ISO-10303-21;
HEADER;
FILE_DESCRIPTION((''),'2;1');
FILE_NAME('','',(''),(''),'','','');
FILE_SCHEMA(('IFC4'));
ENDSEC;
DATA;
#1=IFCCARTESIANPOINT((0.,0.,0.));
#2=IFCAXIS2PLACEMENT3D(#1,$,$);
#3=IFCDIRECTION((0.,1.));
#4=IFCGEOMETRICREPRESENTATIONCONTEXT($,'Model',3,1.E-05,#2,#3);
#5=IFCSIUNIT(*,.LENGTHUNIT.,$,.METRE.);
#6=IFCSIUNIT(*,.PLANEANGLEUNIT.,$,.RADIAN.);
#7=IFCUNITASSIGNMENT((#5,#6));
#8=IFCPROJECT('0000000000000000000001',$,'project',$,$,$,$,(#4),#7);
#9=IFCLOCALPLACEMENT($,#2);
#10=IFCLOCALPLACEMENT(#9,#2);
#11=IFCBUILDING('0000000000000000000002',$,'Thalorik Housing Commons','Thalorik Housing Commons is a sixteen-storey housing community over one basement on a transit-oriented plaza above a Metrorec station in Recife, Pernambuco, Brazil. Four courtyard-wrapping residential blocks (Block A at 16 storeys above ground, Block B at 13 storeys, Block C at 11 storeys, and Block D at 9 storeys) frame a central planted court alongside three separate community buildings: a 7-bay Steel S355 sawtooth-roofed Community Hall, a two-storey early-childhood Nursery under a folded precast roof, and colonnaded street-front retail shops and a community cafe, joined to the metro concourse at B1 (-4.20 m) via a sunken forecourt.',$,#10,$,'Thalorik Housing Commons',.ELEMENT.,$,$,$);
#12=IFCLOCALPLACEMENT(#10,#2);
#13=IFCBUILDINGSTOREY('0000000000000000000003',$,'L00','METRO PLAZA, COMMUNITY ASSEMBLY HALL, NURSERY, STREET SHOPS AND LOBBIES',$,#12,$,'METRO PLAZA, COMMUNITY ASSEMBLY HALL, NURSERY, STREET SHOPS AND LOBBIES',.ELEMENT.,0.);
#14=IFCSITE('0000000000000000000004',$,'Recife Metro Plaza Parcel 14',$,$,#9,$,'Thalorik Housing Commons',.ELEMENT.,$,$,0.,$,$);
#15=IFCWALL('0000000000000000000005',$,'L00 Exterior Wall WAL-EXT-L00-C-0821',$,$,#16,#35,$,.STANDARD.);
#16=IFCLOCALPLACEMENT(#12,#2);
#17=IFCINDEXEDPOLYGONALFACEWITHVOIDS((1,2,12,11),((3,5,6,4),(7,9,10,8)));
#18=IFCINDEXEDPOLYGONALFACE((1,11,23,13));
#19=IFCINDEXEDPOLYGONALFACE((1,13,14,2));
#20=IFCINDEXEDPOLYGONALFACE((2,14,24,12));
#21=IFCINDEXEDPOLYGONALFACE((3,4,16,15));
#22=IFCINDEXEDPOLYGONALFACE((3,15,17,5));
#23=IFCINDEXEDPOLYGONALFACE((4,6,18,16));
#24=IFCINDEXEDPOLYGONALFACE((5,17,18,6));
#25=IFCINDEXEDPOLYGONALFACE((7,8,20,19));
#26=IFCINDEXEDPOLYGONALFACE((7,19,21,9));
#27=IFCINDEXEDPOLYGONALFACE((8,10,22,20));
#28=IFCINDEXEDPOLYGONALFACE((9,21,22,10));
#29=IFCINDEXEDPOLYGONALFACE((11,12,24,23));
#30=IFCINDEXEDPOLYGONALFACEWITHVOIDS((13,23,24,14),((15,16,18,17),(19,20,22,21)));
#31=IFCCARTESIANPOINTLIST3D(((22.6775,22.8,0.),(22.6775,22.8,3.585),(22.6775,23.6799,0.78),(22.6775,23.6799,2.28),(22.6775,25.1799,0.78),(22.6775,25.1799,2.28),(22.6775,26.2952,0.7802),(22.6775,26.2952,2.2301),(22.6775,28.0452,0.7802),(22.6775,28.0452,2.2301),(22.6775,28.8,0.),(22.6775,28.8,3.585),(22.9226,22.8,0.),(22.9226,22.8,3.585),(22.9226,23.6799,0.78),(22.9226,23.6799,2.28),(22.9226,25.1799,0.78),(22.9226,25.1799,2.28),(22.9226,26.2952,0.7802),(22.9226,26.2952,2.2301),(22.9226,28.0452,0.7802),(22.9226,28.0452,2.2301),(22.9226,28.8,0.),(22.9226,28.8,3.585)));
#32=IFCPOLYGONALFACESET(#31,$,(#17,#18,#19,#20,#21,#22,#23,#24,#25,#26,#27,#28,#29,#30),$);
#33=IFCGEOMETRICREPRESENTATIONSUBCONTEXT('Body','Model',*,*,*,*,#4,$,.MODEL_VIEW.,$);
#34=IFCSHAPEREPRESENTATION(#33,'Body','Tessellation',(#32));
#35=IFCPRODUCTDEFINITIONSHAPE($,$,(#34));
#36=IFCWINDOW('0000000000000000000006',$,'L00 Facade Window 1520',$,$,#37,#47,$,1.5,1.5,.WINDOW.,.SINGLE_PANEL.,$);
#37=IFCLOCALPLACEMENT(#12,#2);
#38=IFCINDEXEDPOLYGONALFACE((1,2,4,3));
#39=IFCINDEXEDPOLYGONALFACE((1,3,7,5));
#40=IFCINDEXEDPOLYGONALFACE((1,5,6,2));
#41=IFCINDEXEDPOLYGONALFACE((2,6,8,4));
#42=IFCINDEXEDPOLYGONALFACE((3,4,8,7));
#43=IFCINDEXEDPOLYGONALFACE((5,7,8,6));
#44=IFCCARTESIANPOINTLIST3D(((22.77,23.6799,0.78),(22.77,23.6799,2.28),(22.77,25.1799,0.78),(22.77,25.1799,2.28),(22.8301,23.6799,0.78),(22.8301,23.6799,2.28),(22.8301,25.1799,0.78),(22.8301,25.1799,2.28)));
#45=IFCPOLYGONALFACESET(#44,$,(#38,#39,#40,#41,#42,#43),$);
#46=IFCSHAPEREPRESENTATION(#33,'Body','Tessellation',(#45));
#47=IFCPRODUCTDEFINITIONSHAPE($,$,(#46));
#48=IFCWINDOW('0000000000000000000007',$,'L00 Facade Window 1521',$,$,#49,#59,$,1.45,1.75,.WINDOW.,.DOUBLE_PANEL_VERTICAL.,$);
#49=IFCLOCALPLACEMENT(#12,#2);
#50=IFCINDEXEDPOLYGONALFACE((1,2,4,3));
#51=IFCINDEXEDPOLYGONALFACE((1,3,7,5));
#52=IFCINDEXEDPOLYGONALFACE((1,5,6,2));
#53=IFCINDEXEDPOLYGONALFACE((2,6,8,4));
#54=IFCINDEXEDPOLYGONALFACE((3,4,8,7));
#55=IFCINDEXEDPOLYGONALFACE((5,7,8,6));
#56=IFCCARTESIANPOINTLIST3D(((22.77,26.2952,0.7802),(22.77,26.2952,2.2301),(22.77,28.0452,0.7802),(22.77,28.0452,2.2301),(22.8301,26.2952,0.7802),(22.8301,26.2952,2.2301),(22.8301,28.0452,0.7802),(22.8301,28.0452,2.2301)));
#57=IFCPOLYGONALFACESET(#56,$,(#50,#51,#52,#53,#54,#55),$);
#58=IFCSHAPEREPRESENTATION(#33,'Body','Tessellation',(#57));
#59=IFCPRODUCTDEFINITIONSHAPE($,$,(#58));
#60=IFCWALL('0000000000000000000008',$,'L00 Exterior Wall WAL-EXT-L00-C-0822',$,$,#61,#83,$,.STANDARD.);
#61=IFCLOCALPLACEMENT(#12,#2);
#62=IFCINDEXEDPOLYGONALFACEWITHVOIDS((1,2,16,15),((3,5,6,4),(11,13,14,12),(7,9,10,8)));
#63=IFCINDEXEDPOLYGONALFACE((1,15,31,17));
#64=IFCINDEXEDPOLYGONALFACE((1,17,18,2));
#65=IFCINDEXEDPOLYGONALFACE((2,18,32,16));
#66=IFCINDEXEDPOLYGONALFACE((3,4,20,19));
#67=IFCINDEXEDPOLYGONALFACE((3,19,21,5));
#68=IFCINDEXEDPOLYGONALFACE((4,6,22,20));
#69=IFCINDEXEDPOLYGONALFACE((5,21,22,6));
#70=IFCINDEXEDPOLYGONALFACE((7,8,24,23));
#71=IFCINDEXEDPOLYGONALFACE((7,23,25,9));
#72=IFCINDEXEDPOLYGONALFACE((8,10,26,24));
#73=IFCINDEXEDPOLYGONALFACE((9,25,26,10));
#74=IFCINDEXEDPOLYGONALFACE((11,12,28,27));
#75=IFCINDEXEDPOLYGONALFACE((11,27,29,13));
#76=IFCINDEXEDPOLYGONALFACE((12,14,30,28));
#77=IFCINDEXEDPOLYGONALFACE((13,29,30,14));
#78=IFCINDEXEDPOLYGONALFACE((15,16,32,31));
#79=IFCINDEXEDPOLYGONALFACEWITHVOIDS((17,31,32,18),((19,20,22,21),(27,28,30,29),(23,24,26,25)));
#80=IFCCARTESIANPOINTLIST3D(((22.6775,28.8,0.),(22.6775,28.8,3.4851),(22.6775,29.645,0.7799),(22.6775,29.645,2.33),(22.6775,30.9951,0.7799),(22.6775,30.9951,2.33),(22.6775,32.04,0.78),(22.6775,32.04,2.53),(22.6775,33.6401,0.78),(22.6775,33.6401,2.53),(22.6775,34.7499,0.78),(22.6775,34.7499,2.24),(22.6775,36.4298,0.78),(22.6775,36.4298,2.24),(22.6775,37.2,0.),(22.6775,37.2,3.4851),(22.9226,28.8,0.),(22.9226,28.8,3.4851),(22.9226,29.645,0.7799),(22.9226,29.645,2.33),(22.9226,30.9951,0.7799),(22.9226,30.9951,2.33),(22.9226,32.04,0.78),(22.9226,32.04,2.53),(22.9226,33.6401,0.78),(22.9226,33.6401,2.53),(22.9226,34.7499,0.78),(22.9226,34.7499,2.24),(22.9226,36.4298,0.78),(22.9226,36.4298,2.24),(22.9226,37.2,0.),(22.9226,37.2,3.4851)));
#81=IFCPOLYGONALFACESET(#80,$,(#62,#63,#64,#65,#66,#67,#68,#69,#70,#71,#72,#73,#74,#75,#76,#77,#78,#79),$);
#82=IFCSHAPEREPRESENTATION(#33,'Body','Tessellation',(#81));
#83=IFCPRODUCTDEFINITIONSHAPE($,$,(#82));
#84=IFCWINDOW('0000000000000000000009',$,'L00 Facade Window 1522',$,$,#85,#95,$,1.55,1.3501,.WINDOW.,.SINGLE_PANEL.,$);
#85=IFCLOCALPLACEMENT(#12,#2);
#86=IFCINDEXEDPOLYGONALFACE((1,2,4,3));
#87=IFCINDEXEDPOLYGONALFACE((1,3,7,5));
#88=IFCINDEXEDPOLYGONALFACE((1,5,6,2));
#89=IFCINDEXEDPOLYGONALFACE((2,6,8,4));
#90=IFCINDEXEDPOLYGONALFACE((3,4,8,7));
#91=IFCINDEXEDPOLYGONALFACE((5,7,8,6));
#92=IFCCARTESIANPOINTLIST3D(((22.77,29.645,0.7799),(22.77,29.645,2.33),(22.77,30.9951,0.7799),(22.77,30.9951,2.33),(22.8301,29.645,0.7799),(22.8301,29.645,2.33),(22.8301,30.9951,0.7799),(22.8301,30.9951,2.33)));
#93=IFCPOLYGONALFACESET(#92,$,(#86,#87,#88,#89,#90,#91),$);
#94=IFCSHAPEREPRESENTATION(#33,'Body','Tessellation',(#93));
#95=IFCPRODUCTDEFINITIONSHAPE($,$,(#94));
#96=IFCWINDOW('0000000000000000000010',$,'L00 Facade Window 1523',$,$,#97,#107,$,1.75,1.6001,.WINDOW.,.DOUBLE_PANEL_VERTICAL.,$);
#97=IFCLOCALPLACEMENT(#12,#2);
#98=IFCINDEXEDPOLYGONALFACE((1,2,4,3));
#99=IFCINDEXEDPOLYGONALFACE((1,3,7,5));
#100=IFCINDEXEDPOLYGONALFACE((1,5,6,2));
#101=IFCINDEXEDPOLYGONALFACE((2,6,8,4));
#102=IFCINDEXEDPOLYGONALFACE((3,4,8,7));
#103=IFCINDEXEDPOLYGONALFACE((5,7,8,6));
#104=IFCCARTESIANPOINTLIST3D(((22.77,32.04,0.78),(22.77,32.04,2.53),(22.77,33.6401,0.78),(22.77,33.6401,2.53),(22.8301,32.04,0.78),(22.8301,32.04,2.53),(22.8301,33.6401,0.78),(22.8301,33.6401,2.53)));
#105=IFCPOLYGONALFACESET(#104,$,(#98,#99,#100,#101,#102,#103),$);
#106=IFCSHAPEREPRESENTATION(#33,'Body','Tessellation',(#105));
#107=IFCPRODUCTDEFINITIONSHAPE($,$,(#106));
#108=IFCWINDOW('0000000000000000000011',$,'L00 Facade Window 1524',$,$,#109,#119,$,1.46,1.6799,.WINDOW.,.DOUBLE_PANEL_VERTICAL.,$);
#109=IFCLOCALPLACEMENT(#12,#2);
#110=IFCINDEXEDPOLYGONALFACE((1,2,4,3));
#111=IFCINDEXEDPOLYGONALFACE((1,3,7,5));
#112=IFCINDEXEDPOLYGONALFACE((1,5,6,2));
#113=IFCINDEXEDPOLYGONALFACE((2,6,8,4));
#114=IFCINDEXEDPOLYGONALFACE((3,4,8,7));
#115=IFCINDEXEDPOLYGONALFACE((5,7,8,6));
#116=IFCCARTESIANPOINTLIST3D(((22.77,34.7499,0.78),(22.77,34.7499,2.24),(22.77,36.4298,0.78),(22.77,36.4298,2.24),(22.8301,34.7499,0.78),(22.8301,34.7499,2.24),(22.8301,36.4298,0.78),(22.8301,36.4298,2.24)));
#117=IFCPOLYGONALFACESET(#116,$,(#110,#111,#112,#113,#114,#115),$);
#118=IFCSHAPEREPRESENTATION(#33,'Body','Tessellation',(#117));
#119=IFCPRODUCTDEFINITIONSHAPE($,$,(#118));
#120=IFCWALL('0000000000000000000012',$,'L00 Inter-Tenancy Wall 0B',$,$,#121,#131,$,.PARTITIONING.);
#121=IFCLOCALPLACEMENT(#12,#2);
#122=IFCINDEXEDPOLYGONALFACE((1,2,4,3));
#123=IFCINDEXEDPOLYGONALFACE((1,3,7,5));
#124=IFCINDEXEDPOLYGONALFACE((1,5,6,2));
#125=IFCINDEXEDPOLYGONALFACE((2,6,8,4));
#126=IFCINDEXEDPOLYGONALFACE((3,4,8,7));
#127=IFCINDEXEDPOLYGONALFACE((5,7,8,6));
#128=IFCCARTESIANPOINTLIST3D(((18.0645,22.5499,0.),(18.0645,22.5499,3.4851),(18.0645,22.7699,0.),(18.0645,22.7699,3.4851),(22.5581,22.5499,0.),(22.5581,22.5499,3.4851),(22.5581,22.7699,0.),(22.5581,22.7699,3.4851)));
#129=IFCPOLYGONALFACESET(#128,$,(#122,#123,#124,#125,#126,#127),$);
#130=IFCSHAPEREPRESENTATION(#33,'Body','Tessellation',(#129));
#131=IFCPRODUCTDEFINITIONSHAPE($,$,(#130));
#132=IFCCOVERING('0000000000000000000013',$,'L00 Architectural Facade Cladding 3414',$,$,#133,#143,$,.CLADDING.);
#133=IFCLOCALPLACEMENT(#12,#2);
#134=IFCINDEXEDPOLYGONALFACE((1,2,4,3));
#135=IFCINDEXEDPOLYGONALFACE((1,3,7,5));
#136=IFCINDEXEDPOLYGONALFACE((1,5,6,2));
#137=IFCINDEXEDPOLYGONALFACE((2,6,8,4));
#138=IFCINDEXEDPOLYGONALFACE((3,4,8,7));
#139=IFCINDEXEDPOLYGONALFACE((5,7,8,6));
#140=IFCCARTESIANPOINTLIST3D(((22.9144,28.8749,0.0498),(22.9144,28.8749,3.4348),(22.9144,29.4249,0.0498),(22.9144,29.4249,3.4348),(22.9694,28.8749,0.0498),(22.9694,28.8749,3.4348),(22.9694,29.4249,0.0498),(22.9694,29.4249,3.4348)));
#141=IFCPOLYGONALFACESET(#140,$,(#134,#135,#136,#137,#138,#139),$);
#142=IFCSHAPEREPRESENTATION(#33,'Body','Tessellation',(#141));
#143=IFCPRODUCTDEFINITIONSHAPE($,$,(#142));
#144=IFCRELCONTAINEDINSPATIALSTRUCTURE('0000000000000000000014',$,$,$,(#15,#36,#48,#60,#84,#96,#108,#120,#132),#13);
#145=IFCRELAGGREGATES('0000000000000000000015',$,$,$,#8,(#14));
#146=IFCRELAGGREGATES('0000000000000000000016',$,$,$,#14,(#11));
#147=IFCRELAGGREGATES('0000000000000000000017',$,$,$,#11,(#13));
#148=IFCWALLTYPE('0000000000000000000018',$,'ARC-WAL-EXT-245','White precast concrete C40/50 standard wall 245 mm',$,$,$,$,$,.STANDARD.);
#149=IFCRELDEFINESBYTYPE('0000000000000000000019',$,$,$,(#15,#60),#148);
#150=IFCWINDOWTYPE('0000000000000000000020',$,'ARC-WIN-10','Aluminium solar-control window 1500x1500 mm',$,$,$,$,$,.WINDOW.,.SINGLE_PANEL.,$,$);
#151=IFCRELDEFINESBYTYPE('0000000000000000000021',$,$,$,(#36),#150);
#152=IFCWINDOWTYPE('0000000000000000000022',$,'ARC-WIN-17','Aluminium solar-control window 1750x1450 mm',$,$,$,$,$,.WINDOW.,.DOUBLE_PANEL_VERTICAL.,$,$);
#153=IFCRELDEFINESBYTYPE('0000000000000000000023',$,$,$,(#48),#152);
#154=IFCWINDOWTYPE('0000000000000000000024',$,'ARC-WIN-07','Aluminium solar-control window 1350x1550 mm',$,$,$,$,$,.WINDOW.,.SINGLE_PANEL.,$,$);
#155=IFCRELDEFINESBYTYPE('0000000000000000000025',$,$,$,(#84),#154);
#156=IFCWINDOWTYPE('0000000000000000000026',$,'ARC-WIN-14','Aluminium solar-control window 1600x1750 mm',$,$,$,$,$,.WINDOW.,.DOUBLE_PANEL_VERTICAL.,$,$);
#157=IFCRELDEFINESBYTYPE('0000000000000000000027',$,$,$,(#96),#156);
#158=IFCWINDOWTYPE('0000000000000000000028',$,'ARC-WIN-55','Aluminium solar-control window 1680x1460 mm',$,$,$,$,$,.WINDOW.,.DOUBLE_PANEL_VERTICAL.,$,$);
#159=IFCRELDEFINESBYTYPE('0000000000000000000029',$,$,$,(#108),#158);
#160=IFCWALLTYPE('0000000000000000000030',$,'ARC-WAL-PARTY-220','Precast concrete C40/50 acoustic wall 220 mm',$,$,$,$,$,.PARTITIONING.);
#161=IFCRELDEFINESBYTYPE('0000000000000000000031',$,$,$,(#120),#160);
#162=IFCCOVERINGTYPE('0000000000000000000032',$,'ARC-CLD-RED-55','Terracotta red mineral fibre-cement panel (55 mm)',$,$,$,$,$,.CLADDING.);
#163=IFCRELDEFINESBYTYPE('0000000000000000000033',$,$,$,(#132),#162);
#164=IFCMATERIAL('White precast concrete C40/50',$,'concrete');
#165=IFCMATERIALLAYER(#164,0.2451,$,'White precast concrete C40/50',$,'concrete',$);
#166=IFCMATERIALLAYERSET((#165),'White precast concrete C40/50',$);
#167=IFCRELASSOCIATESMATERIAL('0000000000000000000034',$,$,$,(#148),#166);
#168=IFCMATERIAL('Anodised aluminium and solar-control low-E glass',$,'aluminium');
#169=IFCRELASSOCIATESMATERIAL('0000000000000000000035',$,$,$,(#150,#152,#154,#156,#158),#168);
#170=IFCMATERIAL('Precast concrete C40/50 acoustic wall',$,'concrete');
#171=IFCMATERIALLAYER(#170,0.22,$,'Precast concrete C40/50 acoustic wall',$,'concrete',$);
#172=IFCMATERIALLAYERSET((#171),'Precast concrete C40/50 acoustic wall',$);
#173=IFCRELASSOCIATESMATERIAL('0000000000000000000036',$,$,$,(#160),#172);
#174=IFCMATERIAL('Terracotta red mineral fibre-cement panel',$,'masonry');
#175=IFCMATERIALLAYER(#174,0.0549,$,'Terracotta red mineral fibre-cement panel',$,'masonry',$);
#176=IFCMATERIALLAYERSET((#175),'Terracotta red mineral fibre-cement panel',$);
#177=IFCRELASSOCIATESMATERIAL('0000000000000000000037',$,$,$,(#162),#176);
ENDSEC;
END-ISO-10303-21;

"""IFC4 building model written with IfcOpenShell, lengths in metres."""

from ifc_helpers import new_model, si_unit, direction, frame, frame_2d, origin, origin_2d, place, context, subcontext, project, spatial, rectangle, extrude, material, layer, layer_set, type_object, element, fill, save


model = new_model("IFC4")

# Units and contexts
model_context = context("Model", 3, precision=1e-05, world=origin(), true_north=direction((0.0, 1.0)))
body_context = subcontext(model_context, "Body", "Model", "MODEL_VIEW")
ifc_project = project(units=[si_unit("LENGTHUNIT", "METRE"), si_unit("PLANEANGLEUNIT", "RADIAN")], contexts=[model_context])

# Site, building, storey
site_placement = place(None, origin())
site = spatial("IfcSite", under=ifc_project, at=site_placement, Name="Recife Metro Plaza Parcel 14", LongName="Thalorik Housing Commons", CompositionType="ELEMENT", RefElevation=0.0)
building_placement = place(site_placement, origin())
building = spatial("IfcBuilding", under=site, at=building_placement, Name="Thalorik Housing Commons", Description="Thalorik Housing Commons is a sixteen-storey housing community over one basement on a transit-oriented plaza above a Metrorec station in Recife, Pernambuco, Brazil. Four courtyard-wrapping residential blocks (Block A at 16 storeys above ground, Block B at 13 storeys, Block C at 11 storeys, and Block D at 9 storeys) frame a central planted court alongside three separate community buildings: a 7-bay Steel S355 sawtooth-roofed Community Hall, a two-storey early-childhood Nursery under a folded precast roof, and colonnaded street-front retail shops and a community cafe, joined to the metro concourse at B1 (-4.20 m) via a sunken forecourt.", LongName="Thalorik Housing Commons", CompositionType="ELEMENT")
storey_placement = place(building_placement, origin())
storey = spatial("IfcBuildingStorey", under=building, at=storey_placement, Name="L00", Description="METRO PLAZA, COMMUNITY ASSEMBLY HALL, NURSERY, STREET SHOPS AND LOBBIES", LongName="METRO PLAZA, COMMUNITY ASSEMBLY HALL, NURSERY, STREET SHOPS AND LOBBIES", CompositionType="ELEMENT", Elevation=0.0)

# Walls, openings, windows
ifc_material_1 = material(Name="White precast concrete C40/50", Category="concrete")
ifc_layer_1 = layer(ifc_material_1, 0.2451, Name="White precast concrete C40/50", Category="concrete")
ifc_layer_set_1 = layer_set([ifc_layer_1], Name="White precast concrete C40/50")
wall_type_1 = type_object("IfcWallType", Name="ARC-WAL-EXT-245", Description="White precast concrete C40/50 standard wall 245 mm", PredefinedType="STANDARD", material=ifc_layer_set_1)
wall_1_placement = place(storey_placement, frame((22.8, 22.8, 0.0), z_axis=(0.0, 0.0, 1.0), x_axis=(0.0, 1.0, 0.0)))
wall_1 = element("IfcWall", 1, at=wall_1_placement, inside=storey, type_object=wall_type_1, Name="L00 Exterior Wall WAL-EXT-L00-C-0821", PredefinedType="STANDARD", context=body_context, shape_type="SweptSolid", body=[
    extrude(rectangle(XDim=6.0, YDim=0.2451, at=frame_2d((3.0, 0.0))), origin(), (0.0, 0.0, 1.0), 3.585),
])
opening_1_placement = place(wall_1_placement, frame((0.8799, 0.0, 0.78)))
opening_1 = element("IfcOpeningElement", 2, at=opening_1_placement, cuts=wall_1, PredefinedType="OPENING", context=body_context, shape_type="SweptSolid", body=[
    extrude(rectangle(XDim=1.5, YDim=1.5, at=frame_2d((0.75, 0.75))), frame((0.0, 0.1326, 0.0), z_axis=(0.0, -1.0, 0.0), x_axis=(1.0, 0.0, 0.0)), (0.0, 0.0, 1.0), 0.2651),
])
opening_2_placement = place(wall_1_placement, frame((3.4951, 0.0, 0.78)))
opening_2 = element("IfcOpeningElement", 3, at=opening_2_placement, cuts=wall_1, PredefinedType="OPENING", context=body_context, shape_type="SweptSolid", body=[
    extrude(rectangle(XDim=1.75, YDim=1.45, at=frame_2d((0.875, 0.7251))), frame((0.0, 0.1326, 0.0), z_axis=(0.0, -1.0, 0.0), x_axis=(1.0, 0.0, 0.0)), (0.0, 0.0, 1.0), 0.2651),
])
ifc_material_2 = material(Name="Anodised aluminium and solar-control low-E glass", Category="aluminium")
window_type_1 = type_object("IfcWindowType", Name="ARC-WIN-10", Description="Aluminium solar-control window 1500x1500 mm", PartitioningType="SINGLE_PANEL", PredefinedType="WINDOW", material=ifc_material_2)
window_1_placement = place(opening_1_placement, origin())
window_1 = element("IfcWindow", 4, at=window_1_placement, inside=storey, type_object=window_type_1, Name="L00 Facade Window 1520", OverallHeight=1.5, OverallWidth=1.5, PartitioningType="SINGLE_PANEL", PredefinedType="WINDOW", context=body_context, shape_type="SweptSolid", body=[
    extrude(rectangle(XDim=1.5, YDim=1.5, at=frame_2d((0.75, 0.75))), frame((0.0, 0.03, 0.0), z_axis=(0.0, -1.0, 0.0), x_axis=(1.0, 0.0, 0.0)), (0.0, 0.0, 1.0), 0.0601),
])
fill(opening_1, window_1)
window_type_2 = type_object("IfcWindowType", Name="ARC-WIN-17", Description="Aluminium solar-control window 1750x1450 mm", PartitioningType="DOUBLE_PANEL_VERTICAL", PredefinedType="WINDOW", material=ifc_material_2)
window_2_placement = place(opening_2_placement, origin())
window_2 = element("IfcWindow", 5, at=window_2_placement, inside=storey, type_object=window_type_2, Name="L00 Facade Window 1521", OverallHeight=1.45, OverallWidth=1.75, PartitioningType="DOUBLE_PANEL_VERTICAL", PredefinedType="WINDOW", context=body_context, shape_type="SweptSolid", body=[
    extrude(rectangle(XDim=1.75, YDim=1.45, at=frame_2d((0.875, 0.7251))), frame((0.0, 0.03, 0.0), z_axis=(0.0, -1.0, 0.0), x_axis=(1.0, 0.0, 0.0)), (0.0, 0.0, 1.0), 0.0601),
])
fill(opening_2, window_2)
wall_2_placement = place(storey_placement, frame((22.8, 28.8, 0.0), z_axis=(0.0, 0.0, 1.0), x_axis=(0.0, 1.0, 0.0)))
wall_2 = element("IfcWall", 6, at=wall_2_placement, inside=storey, type_object=wall_type_1, Name="L00 Exterior Wall WAL-EXT-L00-C-0822", PredefinedType="STANDARD", context=body_context, shape_type="SweptSolid", body=[
    extrude(rectangle(XDim=8.3999, YDim=0.2451, at=frame_2d((4.2, 0.0))), origin(), (0.0, 0.0, 1.0), 3.4851),
])
opening_3_placement = place(wall_2_placement, frame((0.845, 0.0, 0.78)))
opening_3 = element("IfcOpeningElement", 7, at=opening_3_placement, cuts=wall_2, PredefinedType="OPENING", context=body_context, shape_type="SweptSolid", body=[
    extrude(rectangle(XDim=1.3501, YDim=1.55, at=frame_2d((0.675, 0.7749))), frame((0.0, 0.1326, 0.0), z_axis=(0.0, -1.0, 0.0), x_axis=(1.0, 0.0, 0.0)), (0.0, 0.0, 1.0), 0.2651),
])
opening_4_placement = place(wall_2_placement, frame((3.24, 0.0, 0.78)))
opening_4 = element("IfcOpeningElement", 8, at=opening_4_placement, cuts=wall_2, PredefinedType="OPENING", context=body_context, shape_type="SweptSolid", body=[
    extrude(rectangle(XDim=1.6001, YDim=1.75, at=frame_2d((0.8, 0.875))), frame((0.0, 0.1326, 0.0), z_axis=(0.0, -1.0, 0.0), x_axis=(1.0, 0.0, 0.0)), (0.0, 0.0, 1.0), 0.2651),
])
opening_5_placement = place(wall_2_placement, frame((5.95, 0.0, 0.78)))
opening_5 = element("IfcOpeningElement", 9, at=opening_5_placement, cuts=wall_2, PredefinedType="OPENING", context=body_context, shape_type="SweptSolid", body=[
    extrude(rectangle(XDim=1.6799, YDim=1.46, at=frame_2d((0.8398, 0.73))), frame((0.0, 0.1326, 0.0), z_axis=(0.0, -1.0, 0.0), x_axis=(1.0, 0.0, 0.0)), (0.0, 0.0, 1.0), 0.2651),
])
window_type_3 = type_object("IfcWindowType", Name="ARC-WIN-07", Description="Aluminium solar-control window 1350x1550 mm", PartitioningType="SINGLE_PANEL", PredefinedType="WINDOW", material=ifc_material_2)
window_3_placement = place(opening_3_placement, origin())
window_3 = element("IfcWindow", 10, at=window_3_placement, inside=storey, type_object=window_type_3, Name="L00 Facade Window 1522", OverallHeight=1.55, OverallWidth=1.3501, PartitioningType="SINGLE_PANEL", PredefinedType="WINDOW", context=body_context, shape_type="SweptSolid", body=[
    extrude(rectangle(XDim=1.3501, YDim=1.55, at=frame_2d((0.675, 0.7749))), frame((0.0, 0.03, 0.0), z_axis=(0.0, -1.0, 0.0), x_axis=(1.0, 0.0, 0.0)), (0.0, 0.0, 1.0), 0.0601),
])
fill(opening_3, window_3)
window_type_4 = type_object("IfcWindowType", Name="ARC-WIN-14", Description="Aluminium solar-control window 1600x1750 mm", PartitioningType="DOUBLE_PANEL_VERTICAL", PredefinedType="WINDOW", material=ifc_material_2)
window_4_placement = place(opening_4_placement, origin())
window_4 = element("IfcWindow", 11, at=window_4_placement, inside=storey, type_object=window_type_4, Name="L00 Facade Window 1523", OverallHeight=1.75, OverallWidth=1.6001, PartitioningType="DOUBLE_PANEL_VERTICAL", PredefinedType="WINDOW", context=body_context, shape_type="SweptSolid", body=[
    extrude(rectangle(XDim=1.6001, YDim=1.75, at=frame_2d((0.8, 0.875))), frame((0.0, 0.03, 0.0), z_axis=(0.0, -1.0, 0.0), x_axis=(1.0, 0.0, 0.0)), (0.0, 0.0, 1.0), 0.0601),
])
fill(opening_4, window_4)
window_type_5 = type_object("IfcWindowType", Name="ARC-WIN-55", Description="Aluminium solar-control window 1680x1460 mm", PartitioningType="DOUBLE_PANEL_VERTICAL", PredefinedType="WINDOW", material=ifc_material_2)
window_5_placement = place(opening_5_placement, origin())
window_5 = element("IfcWindow", 12, at=window_5_placement, inside=storey, type_object=window_type_5, Name="L00 Facade Window 1524", OverallHeight=1.46, OverallWidth=1.6799, PartitioningType="DOUBLE_PANEL_VERTICAL", PredefinedType="WINDOW", context=body_context, shape_type="SweptSolid", body=[
    extrude(rectangle(XDim=1.6799, YDim=1.46, at=frame_2d((0.8398, 0.73))), frame((0.0, 0.03, 0.0), z_axis=(0.0, -1.0, 0.0), x_axis=(1.0, 0.0, 0.0)), (0.0, 0.0, 1.0), 0.0601),
])
fill(opening_5, window_5)

# Wall
ifc_material_3 = material(Name="Precast concrete C40/50 acoustic wall", Category="concrete")
ifc_layer_2 = layer(ifc_material_3, 0.22, Name="Precast concrete C40/50 acoustic wall", Category="concrete")
ifc_layer_set_2 = layer_set([ifc_layer_2], Name="Precast concrete C40/50 acoustic wall")
wall_type_2 = type_object("IfcWallType", Name="ARC-WAL-PARTY-220", Description="Precast concrete C40/50 acoustic wall 220 mm", PredefinedType="PARTITIONING", material=ifc_layer_set_2)
wall_3_placement = place(storey_placement, frame((18.0645, 22.6599, 0.0), z_axis=(0.0, 0.0, 1.0), x_axis=(1.0, 0.0, 0.0)))
element("IfcWall", 13, at=wall_3_placement, inside=storey, type_object=wall_type_2, Name="L00 Inter-Tenancy Wall 0B", PredefinedType="PARTITIONING", context=body_context, shape_type="SweptSolid", body=[
    extrude(rectangle(XDim=4.4937, YDim=0.22, at=frame_2d((2.2468, 0.0))), origin(), (0.0, 0.0, 1.0), 3.4851),
])

# Covering
ifc_material_4 = material(Name="Terracotta red mineral fibre-cement panel", Category="masonry")
ifc_layer_3 = layer(ifc_material_4, 0.0549, Name="Terracotta red mineral fibre-cement panel", Category="masonry")
ifc_layer_set_3 = layer_set([ifc_layer_3], Name="Terracotta red mineral fibre-cement panel")
covering_type = type_object("IfcCoveringType", Name="ARC-CLD-RED-55", Description="Terracotta red mineral fibre-cement panel (55 mm)", PredefinedType="CLADDING", material=ifc_layer_set_3)
covering_placement = place(storey_placement, frame((22.9419, 29.1499, 0.0498), z_axis=(0.0, 0.0, 1.0), x_axis=(0.0, 1.0, 0.0)))
element("IfcCovering", 14, at=covering_placement, inside=storey, type_object=covering_type, Name="L00 Architectural Facade Cladding 3414", PredefinedType="CLADDING", context=body_context, shape_type="SweptSolid", body=[
    extrude(rectangle(XDim=0.55, YDim=0.0549, at=origin_2d()), origin(), (0.0, 0.0, 1.0), 3.385),
])

save(model, "model.ifc")
